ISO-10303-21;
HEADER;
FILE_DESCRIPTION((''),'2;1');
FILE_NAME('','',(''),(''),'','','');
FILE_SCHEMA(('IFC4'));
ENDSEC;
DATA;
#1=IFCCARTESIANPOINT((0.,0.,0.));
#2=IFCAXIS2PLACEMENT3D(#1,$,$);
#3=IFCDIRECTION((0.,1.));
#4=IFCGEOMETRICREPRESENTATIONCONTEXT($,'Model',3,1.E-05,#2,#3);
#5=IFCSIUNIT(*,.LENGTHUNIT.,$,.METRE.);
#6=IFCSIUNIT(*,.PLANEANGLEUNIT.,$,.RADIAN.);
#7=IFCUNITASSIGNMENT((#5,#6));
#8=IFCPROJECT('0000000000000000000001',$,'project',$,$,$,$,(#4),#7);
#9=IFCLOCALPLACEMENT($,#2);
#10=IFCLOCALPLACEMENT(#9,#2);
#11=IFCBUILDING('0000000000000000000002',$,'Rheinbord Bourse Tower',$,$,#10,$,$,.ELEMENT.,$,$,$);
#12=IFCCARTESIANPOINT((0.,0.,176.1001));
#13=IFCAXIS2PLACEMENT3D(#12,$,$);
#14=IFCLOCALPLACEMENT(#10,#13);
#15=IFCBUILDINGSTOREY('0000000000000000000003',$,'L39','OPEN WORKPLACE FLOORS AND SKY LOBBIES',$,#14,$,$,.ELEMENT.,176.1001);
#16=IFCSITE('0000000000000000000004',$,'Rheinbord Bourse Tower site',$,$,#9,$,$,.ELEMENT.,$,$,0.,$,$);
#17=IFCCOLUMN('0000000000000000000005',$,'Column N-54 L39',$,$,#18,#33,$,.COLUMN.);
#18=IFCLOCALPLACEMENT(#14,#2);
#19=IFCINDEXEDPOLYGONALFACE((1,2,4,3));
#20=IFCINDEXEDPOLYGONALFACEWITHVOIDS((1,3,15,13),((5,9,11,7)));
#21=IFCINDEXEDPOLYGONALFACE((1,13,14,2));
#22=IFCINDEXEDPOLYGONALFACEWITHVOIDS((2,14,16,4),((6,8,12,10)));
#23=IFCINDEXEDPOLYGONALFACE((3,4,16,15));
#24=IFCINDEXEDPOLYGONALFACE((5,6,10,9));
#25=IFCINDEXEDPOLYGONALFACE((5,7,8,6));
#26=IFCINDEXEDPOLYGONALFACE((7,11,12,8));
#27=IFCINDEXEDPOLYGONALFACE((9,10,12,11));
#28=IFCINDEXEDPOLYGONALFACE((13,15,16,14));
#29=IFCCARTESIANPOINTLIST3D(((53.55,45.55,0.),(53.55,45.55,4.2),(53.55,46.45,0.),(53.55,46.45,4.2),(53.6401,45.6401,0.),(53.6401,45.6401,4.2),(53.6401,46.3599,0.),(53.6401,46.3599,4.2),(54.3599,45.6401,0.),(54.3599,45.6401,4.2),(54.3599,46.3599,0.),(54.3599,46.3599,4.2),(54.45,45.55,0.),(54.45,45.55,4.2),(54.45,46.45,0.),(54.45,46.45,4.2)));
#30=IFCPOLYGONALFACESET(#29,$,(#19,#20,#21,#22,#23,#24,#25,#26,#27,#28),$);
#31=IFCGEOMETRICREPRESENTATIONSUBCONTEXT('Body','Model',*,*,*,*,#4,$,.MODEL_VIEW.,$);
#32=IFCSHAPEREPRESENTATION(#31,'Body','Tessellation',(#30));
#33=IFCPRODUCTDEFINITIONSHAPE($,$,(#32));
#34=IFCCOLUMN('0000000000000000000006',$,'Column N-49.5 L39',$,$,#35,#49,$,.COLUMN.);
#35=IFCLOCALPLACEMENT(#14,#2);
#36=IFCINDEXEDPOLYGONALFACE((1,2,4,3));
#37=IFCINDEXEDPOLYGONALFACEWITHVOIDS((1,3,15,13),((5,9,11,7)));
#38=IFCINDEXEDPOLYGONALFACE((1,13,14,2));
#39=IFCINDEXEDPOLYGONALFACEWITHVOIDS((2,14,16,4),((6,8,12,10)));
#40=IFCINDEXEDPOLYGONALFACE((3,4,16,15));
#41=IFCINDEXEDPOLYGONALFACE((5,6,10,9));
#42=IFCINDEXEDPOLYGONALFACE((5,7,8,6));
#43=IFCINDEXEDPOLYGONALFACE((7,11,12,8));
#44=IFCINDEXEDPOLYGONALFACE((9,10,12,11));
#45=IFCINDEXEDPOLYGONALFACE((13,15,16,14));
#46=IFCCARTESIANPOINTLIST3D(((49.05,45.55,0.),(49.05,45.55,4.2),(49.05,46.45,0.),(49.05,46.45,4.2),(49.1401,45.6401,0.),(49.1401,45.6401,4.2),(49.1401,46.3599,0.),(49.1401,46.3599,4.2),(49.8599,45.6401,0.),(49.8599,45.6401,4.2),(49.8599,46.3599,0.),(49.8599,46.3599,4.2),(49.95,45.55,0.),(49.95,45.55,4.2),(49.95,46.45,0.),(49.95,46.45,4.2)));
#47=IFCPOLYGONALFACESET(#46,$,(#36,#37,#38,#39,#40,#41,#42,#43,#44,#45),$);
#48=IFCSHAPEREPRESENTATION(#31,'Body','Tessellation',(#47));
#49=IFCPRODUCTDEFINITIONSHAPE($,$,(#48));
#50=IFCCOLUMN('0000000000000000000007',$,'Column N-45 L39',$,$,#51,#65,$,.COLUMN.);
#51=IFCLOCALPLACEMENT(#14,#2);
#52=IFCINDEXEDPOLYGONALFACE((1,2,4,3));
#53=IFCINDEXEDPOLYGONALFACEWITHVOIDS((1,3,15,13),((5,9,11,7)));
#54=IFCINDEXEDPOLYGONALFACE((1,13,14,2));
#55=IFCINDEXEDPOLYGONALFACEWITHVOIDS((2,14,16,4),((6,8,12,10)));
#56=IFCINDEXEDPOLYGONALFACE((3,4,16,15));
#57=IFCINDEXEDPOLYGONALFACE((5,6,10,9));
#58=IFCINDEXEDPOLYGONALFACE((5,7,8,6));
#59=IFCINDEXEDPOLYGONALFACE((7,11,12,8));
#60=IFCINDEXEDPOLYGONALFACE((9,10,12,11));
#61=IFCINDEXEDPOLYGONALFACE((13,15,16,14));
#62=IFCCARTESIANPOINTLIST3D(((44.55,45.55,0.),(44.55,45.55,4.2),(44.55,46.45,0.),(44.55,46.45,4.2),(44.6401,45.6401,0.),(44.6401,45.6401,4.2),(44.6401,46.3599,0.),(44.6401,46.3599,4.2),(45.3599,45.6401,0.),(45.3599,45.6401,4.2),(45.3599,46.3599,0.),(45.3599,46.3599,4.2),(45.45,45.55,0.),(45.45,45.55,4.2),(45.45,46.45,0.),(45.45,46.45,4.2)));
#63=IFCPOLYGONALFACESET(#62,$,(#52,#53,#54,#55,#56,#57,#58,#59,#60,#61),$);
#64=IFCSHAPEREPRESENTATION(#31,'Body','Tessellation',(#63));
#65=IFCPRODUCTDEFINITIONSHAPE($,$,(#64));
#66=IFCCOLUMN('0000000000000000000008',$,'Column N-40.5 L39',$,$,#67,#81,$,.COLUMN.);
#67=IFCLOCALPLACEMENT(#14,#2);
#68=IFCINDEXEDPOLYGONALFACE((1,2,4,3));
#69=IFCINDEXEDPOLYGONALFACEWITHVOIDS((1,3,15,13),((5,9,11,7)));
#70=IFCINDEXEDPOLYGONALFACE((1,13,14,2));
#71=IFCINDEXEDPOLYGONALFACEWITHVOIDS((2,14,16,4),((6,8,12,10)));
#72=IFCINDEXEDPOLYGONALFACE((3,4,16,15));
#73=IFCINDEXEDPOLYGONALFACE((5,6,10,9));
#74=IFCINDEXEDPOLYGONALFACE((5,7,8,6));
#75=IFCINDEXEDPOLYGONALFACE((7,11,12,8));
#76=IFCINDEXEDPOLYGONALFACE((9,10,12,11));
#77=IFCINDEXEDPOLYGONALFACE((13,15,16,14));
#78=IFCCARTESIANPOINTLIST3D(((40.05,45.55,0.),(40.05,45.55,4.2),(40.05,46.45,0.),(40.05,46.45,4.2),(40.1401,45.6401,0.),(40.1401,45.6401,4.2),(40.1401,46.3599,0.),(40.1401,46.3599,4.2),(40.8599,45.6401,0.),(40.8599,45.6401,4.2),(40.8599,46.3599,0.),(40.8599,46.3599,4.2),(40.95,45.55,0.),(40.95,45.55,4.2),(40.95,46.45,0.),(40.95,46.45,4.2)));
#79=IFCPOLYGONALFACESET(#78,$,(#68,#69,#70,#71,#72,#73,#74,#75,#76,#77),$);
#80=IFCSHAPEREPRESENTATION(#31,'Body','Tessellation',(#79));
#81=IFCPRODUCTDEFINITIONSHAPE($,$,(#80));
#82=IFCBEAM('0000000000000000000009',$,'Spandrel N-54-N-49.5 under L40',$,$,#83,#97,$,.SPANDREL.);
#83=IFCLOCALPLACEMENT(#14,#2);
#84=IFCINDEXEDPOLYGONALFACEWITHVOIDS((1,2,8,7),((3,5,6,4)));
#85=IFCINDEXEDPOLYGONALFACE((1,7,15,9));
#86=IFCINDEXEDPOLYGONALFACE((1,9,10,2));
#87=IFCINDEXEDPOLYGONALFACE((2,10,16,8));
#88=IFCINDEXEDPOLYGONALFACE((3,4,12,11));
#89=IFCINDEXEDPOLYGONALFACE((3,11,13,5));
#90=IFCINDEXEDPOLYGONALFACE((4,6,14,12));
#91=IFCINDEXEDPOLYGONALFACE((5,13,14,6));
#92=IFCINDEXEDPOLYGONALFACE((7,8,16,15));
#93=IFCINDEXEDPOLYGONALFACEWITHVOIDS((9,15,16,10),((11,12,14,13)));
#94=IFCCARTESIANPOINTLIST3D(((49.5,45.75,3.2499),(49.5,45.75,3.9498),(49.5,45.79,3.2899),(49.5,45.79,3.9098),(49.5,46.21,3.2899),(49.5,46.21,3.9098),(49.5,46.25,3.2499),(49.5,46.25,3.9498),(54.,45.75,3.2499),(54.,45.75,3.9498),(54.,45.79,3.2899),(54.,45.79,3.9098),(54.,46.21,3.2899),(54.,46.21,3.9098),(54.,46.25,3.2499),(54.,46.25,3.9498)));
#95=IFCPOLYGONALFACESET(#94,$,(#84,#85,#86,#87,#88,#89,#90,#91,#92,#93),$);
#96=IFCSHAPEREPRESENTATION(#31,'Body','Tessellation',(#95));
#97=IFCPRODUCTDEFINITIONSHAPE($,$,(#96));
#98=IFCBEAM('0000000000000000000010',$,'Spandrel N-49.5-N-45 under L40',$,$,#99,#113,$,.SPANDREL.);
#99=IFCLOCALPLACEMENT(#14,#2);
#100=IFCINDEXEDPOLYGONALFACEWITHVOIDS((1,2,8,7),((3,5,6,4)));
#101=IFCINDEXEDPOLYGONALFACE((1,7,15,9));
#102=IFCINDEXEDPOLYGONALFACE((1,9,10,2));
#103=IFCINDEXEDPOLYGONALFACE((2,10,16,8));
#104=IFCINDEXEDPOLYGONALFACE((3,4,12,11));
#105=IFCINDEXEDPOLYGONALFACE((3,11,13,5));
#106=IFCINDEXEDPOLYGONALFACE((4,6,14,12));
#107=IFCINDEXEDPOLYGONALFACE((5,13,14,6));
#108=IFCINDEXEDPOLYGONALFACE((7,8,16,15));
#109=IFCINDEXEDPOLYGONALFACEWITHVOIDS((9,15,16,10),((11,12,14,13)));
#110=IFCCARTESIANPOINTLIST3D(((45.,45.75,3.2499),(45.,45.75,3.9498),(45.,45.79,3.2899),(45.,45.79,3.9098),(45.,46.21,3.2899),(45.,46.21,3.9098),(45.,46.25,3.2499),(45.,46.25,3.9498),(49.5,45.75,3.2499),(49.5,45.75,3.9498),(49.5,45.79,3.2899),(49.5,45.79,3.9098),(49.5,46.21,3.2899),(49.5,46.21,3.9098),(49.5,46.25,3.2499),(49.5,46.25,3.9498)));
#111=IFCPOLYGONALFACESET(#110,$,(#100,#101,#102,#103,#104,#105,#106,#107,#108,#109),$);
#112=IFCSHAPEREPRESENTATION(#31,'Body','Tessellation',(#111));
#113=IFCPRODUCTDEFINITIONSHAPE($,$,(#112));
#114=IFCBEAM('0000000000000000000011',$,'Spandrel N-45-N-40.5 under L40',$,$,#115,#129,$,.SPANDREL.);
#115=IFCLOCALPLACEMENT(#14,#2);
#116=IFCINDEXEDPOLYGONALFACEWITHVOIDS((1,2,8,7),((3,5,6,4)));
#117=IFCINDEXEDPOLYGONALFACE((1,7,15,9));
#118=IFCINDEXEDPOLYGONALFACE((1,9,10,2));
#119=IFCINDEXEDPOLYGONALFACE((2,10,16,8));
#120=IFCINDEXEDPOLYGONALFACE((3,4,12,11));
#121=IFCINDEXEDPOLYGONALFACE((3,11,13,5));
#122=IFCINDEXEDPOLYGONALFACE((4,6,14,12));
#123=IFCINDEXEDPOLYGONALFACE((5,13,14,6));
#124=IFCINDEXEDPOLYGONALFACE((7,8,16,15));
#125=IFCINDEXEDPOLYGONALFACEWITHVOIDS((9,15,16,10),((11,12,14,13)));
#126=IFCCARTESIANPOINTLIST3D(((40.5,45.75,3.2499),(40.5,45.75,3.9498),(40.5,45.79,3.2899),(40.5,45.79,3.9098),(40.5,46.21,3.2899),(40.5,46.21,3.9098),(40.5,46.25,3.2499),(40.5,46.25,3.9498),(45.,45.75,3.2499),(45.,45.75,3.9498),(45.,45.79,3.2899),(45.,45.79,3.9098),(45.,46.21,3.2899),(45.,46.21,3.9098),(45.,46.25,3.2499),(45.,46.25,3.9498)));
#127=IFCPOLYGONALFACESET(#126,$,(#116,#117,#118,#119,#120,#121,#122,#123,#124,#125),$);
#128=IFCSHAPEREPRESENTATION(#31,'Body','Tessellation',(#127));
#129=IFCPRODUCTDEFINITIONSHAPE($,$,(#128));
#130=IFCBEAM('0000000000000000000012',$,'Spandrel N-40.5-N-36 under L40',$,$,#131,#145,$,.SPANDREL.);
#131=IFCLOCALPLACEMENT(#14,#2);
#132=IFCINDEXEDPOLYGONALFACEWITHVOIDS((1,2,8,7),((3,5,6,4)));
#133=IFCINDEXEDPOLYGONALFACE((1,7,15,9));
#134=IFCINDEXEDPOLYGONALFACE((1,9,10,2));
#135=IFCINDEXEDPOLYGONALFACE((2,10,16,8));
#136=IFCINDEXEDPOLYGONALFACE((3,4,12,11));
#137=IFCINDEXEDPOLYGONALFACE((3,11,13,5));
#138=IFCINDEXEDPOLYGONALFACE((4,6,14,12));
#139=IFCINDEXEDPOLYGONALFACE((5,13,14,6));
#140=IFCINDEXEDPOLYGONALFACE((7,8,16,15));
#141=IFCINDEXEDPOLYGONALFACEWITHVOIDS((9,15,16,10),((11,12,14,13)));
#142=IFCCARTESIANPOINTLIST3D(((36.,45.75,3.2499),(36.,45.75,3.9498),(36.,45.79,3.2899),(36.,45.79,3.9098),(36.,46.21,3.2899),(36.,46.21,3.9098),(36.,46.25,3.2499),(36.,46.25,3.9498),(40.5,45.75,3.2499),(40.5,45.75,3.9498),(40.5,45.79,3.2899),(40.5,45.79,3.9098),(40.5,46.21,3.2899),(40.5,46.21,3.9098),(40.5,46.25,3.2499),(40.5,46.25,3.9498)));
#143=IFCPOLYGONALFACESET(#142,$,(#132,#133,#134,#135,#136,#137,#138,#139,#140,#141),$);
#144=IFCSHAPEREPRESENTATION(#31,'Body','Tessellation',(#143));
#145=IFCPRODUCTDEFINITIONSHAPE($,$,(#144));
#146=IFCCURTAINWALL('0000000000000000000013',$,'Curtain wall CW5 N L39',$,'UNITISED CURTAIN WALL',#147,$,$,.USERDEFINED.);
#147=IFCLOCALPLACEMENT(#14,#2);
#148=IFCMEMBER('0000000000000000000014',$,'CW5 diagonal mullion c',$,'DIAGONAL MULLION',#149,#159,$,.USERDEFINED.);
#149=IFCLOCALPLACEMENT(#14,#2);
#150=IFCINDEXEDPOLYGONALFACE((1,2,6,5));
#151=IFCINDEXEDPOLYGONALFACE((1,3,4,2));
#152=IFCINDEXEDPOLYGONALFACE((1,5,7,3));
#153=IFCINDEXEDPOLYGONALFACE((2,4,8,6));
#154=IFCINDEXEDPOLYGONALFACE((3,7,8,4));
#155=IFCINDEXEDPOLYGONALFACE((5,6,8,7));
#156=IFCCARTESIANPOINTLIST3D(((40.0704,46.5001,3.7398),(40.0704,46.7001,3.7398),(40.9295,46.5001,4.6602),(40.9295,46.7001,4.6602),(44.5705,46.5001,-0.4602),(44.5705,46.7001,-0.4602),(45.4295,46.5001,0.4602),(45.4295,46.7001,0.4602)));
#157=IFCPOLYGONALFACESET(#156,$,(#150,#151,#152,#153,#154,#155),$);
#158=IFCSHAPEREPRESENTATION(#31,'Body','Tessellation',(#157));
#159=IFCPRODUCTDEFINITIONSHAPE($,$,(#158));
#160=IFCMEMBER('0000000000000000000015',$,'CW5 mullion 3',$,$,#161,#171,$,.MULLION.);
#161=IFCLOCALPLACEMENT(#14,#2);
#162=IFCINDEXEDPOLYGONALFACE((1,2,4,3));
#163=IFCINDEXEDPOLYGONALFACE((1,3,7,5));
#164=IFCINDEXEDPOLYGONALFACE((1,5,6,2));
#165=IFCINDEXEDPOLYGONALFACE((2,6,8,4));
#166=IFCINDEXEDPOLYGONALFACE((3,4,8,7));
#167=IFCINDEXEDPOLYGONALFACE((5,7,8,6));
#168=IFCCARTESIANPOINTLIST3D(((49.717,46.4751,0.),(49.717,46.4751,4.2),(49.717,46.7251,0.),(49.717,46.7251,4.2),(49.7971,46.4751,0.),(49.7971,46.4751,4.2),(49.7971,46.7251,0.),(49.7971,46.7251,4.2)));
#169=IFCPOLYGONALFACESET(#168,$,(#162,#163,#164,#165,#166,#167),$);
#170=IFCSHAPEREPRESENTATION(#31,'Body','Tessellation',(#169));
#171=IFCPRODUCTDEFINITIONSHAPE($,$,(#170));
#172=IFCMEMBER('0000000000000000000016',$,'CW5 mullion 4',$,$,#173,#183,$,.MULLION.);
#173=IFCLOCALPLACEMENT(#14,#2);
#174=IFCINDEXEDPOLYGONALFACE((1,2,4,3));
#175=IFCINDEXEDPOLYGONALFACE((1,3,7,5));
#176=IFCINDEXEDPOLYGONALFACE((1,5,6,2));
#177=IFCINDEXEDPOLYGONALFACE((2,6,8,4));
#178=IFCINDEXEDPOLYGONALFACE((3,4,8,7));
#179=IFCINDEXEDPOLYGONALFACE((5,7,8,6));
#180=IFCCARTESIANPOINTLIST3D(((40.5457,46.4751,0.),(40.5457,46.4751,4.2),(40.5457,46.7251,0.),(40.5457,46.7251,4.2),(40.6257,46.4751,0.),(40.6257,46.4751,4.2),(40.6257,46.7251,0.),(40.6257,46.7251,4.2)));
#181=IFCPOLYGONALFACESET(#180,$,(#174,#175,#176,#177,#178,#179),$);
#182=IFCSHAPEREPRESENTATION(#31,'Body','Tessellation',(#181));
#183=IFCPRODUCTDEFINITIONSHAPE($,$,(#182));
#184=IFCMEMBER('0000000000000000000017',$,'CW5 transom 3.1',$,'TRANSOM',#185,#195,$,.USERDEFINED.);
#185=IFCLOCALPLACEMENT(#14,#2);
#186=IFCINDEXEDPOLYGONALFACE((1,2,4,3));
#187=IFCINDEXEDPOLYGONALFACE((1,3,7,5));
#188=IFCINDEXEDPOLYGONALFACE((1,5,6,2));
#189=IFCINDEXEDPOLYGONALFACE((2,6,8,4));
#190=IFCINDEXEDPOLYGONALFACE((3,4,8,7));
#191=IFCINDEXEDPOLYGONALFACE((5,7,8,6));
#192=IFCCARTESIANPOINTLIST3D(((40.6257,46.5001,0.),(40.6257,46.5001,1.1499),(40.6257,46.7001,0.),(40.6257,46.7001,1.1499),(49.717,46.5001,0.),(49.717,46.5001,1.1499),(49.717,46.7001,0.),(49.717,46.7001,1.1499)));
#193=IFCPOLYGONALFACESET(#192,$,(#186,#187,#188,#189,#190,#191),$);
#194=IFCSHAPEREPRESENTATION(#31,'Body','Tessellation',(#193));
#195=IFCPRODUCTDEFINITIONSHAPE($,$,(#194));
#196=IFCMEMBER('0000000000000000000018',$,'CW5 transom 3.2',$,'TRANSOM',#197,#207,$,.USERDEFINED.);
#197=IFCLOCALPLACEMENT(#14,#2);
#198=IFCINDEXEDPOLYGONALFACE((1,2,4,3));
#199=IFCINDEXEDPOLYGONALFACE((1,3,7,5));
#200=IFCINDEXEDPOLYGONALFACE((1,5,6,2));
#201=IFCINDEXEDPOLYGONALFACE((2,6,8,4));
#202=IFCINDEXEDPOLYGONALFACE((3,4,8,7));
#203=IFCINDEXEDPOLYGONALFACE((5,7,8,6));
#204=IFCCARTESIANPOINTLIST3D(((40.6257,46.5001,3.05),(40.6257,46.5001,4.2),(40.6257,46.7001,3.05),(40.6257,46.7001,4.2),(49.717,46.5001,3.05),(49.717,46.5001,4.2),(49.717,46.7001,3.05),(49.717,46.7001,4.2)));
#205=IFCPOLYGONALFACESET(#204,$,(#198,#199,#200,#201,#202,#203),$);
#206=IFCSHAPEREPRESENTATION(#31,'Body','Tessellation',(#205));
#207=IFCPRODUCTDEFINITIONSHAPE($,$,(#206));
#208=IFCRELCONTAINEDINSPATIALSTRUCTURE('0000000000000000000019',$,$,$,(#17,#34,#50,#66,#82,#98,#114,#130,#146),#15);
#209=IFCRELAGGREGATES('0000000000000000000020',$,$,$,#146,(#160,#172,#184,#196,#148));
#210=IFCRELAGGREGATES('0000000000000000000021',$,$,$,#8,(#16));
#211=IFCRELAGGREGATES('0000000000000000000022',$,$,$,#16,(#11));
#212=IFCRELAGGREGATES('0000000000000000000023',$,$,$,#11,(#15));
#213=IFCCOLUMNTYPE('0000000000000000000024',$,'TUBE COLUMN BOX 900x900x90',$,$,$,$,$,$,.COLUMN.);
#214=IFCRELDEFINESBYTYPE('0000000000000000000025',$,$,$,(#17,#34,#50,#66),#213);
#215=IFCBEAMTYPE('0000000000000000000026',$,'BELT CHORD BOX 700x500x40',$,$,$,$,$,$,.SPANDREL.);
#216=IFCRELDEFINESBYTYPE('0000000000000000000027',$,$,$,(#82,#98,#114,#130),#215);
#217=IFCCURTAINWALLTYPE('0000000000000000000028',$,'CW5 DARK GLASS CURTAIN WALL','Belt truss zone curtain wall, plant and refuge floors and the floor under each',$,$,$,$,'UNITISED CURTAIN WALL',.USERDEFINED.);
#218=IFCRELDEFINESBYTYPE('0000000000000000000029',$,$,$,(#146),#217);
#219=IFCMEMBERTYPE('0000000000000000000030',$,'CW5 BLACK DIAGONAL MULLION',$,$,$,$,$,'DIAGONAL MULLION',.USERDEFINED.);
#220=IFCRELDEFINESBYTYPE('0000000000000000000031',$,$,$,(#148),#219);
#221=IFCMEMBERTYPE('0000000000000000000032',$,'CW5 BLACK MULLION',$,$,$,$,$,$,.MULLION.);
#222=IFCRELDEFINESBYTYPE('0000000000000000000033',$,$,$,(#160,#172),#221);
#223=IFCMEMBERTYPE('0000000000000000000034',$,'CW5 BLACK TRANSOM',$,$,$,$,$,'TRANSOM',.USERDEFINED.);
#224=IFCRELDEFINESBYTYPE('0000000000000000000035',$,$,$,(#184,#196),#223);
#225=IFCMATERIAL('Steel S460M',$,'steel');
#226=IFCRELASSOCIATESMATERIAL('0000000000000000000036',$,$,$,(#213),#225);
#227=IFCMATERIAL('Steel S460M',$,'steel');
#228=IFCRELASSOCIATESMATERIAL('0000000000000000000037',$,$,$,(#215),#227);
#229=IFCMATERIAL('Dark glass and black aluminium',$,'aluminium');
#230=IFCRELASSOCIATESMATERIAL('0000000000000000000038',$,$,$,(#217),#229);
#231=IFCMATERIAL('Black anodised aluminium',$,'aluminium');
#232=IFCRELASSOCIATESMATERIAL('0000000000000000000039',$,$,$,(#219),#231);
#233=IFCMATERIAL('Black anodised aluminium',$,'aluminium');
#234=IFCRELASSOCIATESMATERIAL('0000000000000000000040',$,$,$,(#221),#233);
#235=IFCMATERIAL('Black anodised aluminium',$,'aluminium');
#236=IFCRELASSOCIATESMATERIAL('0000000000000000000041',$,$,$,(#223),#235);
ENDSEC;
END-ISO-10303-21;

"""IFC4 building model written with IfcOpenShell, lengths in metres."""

from ifc_helpers import new_model, si_unit, direction, frame, origin, origin_2d, place, context, subcontext, project, spatial, rectangle, hollow_rectangle, extrude, material, material_profile, profile_set, type_object, element, aggregate, save


model = new_model("IFC4")

# Units and contexts
model_context = context("Model", 3, precision=1e-05, world=origin(), true_north=direction((0.0, 1.0)))
body_context = subcontext(model_context, "Body", "Model", "MODEL_VIEW")
ifc_project = project(units=[si_unit("LENGTHUNIT", "METRE"), si_unit("PLANEANGLEUNIT", "RADIAN")], contexts=[model_context])

# Site, building, storey
site_placement = place(None, origin())
site = spatial("IfcSite", under=ifc_project, at=site_placement, Name="Rheinbord Bourse Tower site", CompositionType="ELEMENT", RefElevation=0.0)
building_placement = place(site_placement, origin())
building = spatial("IfcBuilding", under=site, at=building_placement, Name="Rheinbord Bourse Tower", CompositionType="ELEMENT")
storey_placement = place(building_placement, frame((0.0, 0.0, 176.1001)))
storey = spatial("IfcBuildingStorey", under=building, at=storey_placement, Name="L39", Description="OPEN WORKPLACE FLOORS AND SKY LOBBIES", CompositionType="ELEMENT", Elevation=176.1001)

# Columns
ifc_material_1 = material(Name="Steel S460M", Category="steel")
ifc_material_profile_1 = material_profile(ifc_material_1, hollow_rectangle(XDim=0.8999, YDim=0.8999, WallThickness=0.0901, at=origin_2d()), Name="BOX 900x900x90")
ifc_profile_set_1 = profile_set([ifc_material_profile_1], Name="Steel S460M")
column_type = type_object("IfcColumnType", Name="TUBE COLUMN BOX 900x900x90", PredefinedType="COLUMN", material=ifc_profile_set_1)
for number, where, z_axis, x_axis, name in (
    (1, (54.0, 46.0, 0.0), (0.0, 0.0, 1.0), (0.0, 1.0, 0.0), "Column N-54 L39"),
    (2, (49.5, 46.0, 0.0), (0.0, 0.0, 1.0), (0.0, 1.0, 0.0), "Column N-49.5 L39"),
    (3, (45.0, 46.0, 0.0), (0.0, 0.0, 1.0), (0.0, 1.0, 0.0), "Column N-45 L39"),
    (4, (40.5, 46.0, 0.0), (0.0, 0.0, 1.0), (0.0, 1.0, 0.0), "Column N-40.5 L39"),
):
    element("IfcColumn", number, at=place(storey_placement, frame(where, z_axis=z_axis, x_axis=x_axis)), inside=storey, type_object=column_type, Name=name, PredefinedType="COLUMN", context=body_context, shape_type="SweptSolid", body=[
        extrude(hollow_rectangle(XDim=0.8999, YDim=0.8999, WallThickness=0.0901, at=origin_2d()), origin(), (0.0, 0.0, 1.0), 4.2),
    ])

# Beams
ifc_material_2 = material(Name="Steel S460M", Category="steel")
ifc_material_profile_2 = material_profile(ifc_material_2, hollow_rectangle(XDim=0.5, YDim=0.7, WallThickness=0.04, at=origin_2d()), Name="BOX 700x500x40")
ifc_profile_set_2 = profile_set([ifc_material_profile_2], Name="Steel S460M")
beam_type_1 = type_object("IfcBeamType", Name="BELT CHORD BOX 700x500x40", PredefinedType="SPANDREL", material=ifc_profile_set_2)
for number, where, z_axis, x_axis, name in (
    (5, (54.0, 46.0, 3.5999), (-1.0, 0.0, 0.0), (0.0, -1.0, 0.0), "Spandrel N-54-N-49.5 under L40"),
    (6, (49.5, 46.0, 3.5999), (-1.0, 0.0, 0.0), (0.0, -1.0, 0.0), "Spandrel N-49.5-N-45 under L40"),
    (7, (45.0, 46.0, 3.5999), (-1.0, 0.0, 0.0), (0.0, -1.0, 0.0), "Spandrel N-45-N-40.5 under L40"),
    (8, (40.5, 46.0, 3.5999), (-1.0, 0.0, 0.0), (0.0, -1.0, 0.0), "Spandrel N-40.5-N-36 under L40"),
):
    element("IfcBeam", number, at=place(storey_placement, frame(where, z_axis=z_axis, x_axis=x_axis)), inside=storey, type_object=beam_type_1, Name=name, PredefinedType="SPANDREL", context=body_context, shape_type="SweptSolid", body=[
        extrude(hollow_rectangle(XDim=0.5, YDim=0.7, WallThickness=0.04, at=origin_2d()), origin(), (0.0, 0.0, 1.0), 4.5),
    ])

# Curtain wall, members
ifc_material_3 = material(Name="Dark glass and black aluminium", Category="aluminium")
curtain_wall_type = type_object("IfcCurtainWallType", Name="CW5 DARK GLASS CURTAIN WALL", Description="Belt truss zone curtain wall, plant and refuge floors and the floor under each", ElementType="UNITISED CURTAIN WALL", PredefinedType="USERDEFINED", material=ifc_material_3)
curtain_wall_placement = place(storey_placement, origin())
curtain_wall = element("IfcCurtainWall", 9, at=curtain_wall_placement, inside=storey, type_object=curtain_wall_type, Name="Curtain wall CW5 N L39", ObjectType="UNITISED CURTAIN WALL", PredefinedType="USERDEFINED")
ifc_material_4 = material(Name="Black anodised aluminium", Category="aluminium")
ifc_material_profile_3 = material_profile(ifc_material_4, rectangle(XDim=0.2, YDim=1.259, at=origin_2d()), Name="CW5 DIAGONAL MULLION 1259x200")
ifc_profile_set_3 = profile_set([ifc_material_profile_3], Name="Black anodised aluminium")
member_type_1 = type_object("IfcMemberType", Name="CW5 BLACK DIAGONAL MULLION", ElementType="DIAGONAL MULLION", PredefinedType="USERDEFINED", material=ifc_profile_set_3)
member_1_placement = place(storey_placement, frame((45.0, 46.6001, 0.0), z_axis=(-0.731059, 0.0, 0.682314), x_axis=(0.0, -1.0, 0.0)))
member_1 = element("IfcMember", 10, at=member_1_placement, type_object=member_type_1, Name="CW5 diagonal mullion c", ObjectType="DIAGONAL MULLION", PredefinedType="USERDEFINED", context=body_context, shape_type="SweptSolid", body=[
    extrude(rectangle(XDim=0.2, YDim=1.259, at=origin_2d()), origin(), (0.0, 0.0, 1.0), 6.1555),
])
ifc_material_5 = material(Name="Black anodised aluminium", Category="aluminium")
ifc_material_profile_4 = material_profile(ifc_material_5, rectangle(XDim=0.25, YDim=0.0801, at=origin_2d()), Name="CW5 MULLION 80x250")
ifc_profile_set_4 = profile_set([ifc_material_profile_4], Name="Black anodised aluminium")
member_type_2 = type_object("IfcMemberType", Name="CW5 BLACK MULLION", PredefinedType="MULLION", material=ifc_profile_set_4)
member_2_placement = place(storey_placement, frame((49.7571, 46.6001, 0.0), z_axis=(0.0, 0.0, 1.0), x_axis=(0.0, -1.0, 0.0)))
member_2 = element("IfcMember", 11, at=member_2_placement, type_object=member_type_2, Name="CW5 mullion 3", PredefinedType="MULLION", context=body_context, shape_type="SweptSolid", body=[
    extrude(rectangle(XDim=0.25, YDim=0.0801, at=origin_2d()), origin(), (0.0, 0.0, 1.0), 4.2),
])
member_3_placement = place(storey_placement, frame((40.5857, 46.6001, 0.0), z_axis=(0.0, 0.0, 1.0), x_axis=(0.0, -1.0, 0.0)))
member_3 = element("IfcMember", 12, at=member_3_placement, type_object=member_type_2, Name="CW5 mullion 4", PredefinedType="MULLION", context=body_context, shape_type="SweptSolid", body=[
    extrude(rectangle(XDim=0.25, YDim=0.0801, at=origin_2d()), origin(), (0.0, 0.0, 1.0), 4.2),
])
ifc_material_6 = material(Name="Black anodised aluminium", Category="aluminium")
ifc_material_profile_5 = material_profile(ifc_material_6, rectangle(XDim=0.2, YDim=1.1499, at=origin_2d()), Name="CW5 TRANSOM 1150x200")
ifc_profile_set_5 = profile_set([ifc_material_profile_5], Name="Black anodised aluminium")
member_type_3 = type_object("IfcMemberType", Name="CW5 BLACK TRANSOM", ElementType="TRANSOM", PredefinedType="USERDEFINED", material=ifc_profile_set_5)
member_4_placement = place(storey_placement, frame((49.717, 46.6001, 0.575), z_axis=(-1.0, 0.0, 0.0), x_axis=(0.0, -1.0, 0.0)))
member_4 = element("IfcMember", 13, at=member_4_placement, type_object=member_type_3, Name="CW5 transom 3.1", ObjectType="TRANSOM", PredefinedType="USERDEFINED", context=body_context, shape_type="SweptSolid", body=[
    extrude(rectangle(XDim=0.2, YDim=1.1499, at=origin_2d()), origin(), (0.0, 0.0, 1.0), 9.0913),
])
member_5_placement = place(storey_placement, frame((49.717, 46.6001, 3.625), z_axis=(-1.0, 0.0, 0.0), x_axis=(0.0, -1.0, 0.0)))
member_5 = element("IfcMember", 14, at=member_5_placement, type_object=member_type_3, Name="CW5 transom 3.2", ObjectType="TRANSOM", PredefinedType="USERDEFINED", context=body_context, shape_type="SweptSolid", body=[
    extrude(rectangle(XDim=0.2, YDim=1.1499, at=origin_2d()), origin(), (0.0, 0.0, 1.0), 9.0913),
])

aggregate(curtain_wall, [member_2, member_3, member_4, member_5, member_1])

save(model, "model.ifc")
